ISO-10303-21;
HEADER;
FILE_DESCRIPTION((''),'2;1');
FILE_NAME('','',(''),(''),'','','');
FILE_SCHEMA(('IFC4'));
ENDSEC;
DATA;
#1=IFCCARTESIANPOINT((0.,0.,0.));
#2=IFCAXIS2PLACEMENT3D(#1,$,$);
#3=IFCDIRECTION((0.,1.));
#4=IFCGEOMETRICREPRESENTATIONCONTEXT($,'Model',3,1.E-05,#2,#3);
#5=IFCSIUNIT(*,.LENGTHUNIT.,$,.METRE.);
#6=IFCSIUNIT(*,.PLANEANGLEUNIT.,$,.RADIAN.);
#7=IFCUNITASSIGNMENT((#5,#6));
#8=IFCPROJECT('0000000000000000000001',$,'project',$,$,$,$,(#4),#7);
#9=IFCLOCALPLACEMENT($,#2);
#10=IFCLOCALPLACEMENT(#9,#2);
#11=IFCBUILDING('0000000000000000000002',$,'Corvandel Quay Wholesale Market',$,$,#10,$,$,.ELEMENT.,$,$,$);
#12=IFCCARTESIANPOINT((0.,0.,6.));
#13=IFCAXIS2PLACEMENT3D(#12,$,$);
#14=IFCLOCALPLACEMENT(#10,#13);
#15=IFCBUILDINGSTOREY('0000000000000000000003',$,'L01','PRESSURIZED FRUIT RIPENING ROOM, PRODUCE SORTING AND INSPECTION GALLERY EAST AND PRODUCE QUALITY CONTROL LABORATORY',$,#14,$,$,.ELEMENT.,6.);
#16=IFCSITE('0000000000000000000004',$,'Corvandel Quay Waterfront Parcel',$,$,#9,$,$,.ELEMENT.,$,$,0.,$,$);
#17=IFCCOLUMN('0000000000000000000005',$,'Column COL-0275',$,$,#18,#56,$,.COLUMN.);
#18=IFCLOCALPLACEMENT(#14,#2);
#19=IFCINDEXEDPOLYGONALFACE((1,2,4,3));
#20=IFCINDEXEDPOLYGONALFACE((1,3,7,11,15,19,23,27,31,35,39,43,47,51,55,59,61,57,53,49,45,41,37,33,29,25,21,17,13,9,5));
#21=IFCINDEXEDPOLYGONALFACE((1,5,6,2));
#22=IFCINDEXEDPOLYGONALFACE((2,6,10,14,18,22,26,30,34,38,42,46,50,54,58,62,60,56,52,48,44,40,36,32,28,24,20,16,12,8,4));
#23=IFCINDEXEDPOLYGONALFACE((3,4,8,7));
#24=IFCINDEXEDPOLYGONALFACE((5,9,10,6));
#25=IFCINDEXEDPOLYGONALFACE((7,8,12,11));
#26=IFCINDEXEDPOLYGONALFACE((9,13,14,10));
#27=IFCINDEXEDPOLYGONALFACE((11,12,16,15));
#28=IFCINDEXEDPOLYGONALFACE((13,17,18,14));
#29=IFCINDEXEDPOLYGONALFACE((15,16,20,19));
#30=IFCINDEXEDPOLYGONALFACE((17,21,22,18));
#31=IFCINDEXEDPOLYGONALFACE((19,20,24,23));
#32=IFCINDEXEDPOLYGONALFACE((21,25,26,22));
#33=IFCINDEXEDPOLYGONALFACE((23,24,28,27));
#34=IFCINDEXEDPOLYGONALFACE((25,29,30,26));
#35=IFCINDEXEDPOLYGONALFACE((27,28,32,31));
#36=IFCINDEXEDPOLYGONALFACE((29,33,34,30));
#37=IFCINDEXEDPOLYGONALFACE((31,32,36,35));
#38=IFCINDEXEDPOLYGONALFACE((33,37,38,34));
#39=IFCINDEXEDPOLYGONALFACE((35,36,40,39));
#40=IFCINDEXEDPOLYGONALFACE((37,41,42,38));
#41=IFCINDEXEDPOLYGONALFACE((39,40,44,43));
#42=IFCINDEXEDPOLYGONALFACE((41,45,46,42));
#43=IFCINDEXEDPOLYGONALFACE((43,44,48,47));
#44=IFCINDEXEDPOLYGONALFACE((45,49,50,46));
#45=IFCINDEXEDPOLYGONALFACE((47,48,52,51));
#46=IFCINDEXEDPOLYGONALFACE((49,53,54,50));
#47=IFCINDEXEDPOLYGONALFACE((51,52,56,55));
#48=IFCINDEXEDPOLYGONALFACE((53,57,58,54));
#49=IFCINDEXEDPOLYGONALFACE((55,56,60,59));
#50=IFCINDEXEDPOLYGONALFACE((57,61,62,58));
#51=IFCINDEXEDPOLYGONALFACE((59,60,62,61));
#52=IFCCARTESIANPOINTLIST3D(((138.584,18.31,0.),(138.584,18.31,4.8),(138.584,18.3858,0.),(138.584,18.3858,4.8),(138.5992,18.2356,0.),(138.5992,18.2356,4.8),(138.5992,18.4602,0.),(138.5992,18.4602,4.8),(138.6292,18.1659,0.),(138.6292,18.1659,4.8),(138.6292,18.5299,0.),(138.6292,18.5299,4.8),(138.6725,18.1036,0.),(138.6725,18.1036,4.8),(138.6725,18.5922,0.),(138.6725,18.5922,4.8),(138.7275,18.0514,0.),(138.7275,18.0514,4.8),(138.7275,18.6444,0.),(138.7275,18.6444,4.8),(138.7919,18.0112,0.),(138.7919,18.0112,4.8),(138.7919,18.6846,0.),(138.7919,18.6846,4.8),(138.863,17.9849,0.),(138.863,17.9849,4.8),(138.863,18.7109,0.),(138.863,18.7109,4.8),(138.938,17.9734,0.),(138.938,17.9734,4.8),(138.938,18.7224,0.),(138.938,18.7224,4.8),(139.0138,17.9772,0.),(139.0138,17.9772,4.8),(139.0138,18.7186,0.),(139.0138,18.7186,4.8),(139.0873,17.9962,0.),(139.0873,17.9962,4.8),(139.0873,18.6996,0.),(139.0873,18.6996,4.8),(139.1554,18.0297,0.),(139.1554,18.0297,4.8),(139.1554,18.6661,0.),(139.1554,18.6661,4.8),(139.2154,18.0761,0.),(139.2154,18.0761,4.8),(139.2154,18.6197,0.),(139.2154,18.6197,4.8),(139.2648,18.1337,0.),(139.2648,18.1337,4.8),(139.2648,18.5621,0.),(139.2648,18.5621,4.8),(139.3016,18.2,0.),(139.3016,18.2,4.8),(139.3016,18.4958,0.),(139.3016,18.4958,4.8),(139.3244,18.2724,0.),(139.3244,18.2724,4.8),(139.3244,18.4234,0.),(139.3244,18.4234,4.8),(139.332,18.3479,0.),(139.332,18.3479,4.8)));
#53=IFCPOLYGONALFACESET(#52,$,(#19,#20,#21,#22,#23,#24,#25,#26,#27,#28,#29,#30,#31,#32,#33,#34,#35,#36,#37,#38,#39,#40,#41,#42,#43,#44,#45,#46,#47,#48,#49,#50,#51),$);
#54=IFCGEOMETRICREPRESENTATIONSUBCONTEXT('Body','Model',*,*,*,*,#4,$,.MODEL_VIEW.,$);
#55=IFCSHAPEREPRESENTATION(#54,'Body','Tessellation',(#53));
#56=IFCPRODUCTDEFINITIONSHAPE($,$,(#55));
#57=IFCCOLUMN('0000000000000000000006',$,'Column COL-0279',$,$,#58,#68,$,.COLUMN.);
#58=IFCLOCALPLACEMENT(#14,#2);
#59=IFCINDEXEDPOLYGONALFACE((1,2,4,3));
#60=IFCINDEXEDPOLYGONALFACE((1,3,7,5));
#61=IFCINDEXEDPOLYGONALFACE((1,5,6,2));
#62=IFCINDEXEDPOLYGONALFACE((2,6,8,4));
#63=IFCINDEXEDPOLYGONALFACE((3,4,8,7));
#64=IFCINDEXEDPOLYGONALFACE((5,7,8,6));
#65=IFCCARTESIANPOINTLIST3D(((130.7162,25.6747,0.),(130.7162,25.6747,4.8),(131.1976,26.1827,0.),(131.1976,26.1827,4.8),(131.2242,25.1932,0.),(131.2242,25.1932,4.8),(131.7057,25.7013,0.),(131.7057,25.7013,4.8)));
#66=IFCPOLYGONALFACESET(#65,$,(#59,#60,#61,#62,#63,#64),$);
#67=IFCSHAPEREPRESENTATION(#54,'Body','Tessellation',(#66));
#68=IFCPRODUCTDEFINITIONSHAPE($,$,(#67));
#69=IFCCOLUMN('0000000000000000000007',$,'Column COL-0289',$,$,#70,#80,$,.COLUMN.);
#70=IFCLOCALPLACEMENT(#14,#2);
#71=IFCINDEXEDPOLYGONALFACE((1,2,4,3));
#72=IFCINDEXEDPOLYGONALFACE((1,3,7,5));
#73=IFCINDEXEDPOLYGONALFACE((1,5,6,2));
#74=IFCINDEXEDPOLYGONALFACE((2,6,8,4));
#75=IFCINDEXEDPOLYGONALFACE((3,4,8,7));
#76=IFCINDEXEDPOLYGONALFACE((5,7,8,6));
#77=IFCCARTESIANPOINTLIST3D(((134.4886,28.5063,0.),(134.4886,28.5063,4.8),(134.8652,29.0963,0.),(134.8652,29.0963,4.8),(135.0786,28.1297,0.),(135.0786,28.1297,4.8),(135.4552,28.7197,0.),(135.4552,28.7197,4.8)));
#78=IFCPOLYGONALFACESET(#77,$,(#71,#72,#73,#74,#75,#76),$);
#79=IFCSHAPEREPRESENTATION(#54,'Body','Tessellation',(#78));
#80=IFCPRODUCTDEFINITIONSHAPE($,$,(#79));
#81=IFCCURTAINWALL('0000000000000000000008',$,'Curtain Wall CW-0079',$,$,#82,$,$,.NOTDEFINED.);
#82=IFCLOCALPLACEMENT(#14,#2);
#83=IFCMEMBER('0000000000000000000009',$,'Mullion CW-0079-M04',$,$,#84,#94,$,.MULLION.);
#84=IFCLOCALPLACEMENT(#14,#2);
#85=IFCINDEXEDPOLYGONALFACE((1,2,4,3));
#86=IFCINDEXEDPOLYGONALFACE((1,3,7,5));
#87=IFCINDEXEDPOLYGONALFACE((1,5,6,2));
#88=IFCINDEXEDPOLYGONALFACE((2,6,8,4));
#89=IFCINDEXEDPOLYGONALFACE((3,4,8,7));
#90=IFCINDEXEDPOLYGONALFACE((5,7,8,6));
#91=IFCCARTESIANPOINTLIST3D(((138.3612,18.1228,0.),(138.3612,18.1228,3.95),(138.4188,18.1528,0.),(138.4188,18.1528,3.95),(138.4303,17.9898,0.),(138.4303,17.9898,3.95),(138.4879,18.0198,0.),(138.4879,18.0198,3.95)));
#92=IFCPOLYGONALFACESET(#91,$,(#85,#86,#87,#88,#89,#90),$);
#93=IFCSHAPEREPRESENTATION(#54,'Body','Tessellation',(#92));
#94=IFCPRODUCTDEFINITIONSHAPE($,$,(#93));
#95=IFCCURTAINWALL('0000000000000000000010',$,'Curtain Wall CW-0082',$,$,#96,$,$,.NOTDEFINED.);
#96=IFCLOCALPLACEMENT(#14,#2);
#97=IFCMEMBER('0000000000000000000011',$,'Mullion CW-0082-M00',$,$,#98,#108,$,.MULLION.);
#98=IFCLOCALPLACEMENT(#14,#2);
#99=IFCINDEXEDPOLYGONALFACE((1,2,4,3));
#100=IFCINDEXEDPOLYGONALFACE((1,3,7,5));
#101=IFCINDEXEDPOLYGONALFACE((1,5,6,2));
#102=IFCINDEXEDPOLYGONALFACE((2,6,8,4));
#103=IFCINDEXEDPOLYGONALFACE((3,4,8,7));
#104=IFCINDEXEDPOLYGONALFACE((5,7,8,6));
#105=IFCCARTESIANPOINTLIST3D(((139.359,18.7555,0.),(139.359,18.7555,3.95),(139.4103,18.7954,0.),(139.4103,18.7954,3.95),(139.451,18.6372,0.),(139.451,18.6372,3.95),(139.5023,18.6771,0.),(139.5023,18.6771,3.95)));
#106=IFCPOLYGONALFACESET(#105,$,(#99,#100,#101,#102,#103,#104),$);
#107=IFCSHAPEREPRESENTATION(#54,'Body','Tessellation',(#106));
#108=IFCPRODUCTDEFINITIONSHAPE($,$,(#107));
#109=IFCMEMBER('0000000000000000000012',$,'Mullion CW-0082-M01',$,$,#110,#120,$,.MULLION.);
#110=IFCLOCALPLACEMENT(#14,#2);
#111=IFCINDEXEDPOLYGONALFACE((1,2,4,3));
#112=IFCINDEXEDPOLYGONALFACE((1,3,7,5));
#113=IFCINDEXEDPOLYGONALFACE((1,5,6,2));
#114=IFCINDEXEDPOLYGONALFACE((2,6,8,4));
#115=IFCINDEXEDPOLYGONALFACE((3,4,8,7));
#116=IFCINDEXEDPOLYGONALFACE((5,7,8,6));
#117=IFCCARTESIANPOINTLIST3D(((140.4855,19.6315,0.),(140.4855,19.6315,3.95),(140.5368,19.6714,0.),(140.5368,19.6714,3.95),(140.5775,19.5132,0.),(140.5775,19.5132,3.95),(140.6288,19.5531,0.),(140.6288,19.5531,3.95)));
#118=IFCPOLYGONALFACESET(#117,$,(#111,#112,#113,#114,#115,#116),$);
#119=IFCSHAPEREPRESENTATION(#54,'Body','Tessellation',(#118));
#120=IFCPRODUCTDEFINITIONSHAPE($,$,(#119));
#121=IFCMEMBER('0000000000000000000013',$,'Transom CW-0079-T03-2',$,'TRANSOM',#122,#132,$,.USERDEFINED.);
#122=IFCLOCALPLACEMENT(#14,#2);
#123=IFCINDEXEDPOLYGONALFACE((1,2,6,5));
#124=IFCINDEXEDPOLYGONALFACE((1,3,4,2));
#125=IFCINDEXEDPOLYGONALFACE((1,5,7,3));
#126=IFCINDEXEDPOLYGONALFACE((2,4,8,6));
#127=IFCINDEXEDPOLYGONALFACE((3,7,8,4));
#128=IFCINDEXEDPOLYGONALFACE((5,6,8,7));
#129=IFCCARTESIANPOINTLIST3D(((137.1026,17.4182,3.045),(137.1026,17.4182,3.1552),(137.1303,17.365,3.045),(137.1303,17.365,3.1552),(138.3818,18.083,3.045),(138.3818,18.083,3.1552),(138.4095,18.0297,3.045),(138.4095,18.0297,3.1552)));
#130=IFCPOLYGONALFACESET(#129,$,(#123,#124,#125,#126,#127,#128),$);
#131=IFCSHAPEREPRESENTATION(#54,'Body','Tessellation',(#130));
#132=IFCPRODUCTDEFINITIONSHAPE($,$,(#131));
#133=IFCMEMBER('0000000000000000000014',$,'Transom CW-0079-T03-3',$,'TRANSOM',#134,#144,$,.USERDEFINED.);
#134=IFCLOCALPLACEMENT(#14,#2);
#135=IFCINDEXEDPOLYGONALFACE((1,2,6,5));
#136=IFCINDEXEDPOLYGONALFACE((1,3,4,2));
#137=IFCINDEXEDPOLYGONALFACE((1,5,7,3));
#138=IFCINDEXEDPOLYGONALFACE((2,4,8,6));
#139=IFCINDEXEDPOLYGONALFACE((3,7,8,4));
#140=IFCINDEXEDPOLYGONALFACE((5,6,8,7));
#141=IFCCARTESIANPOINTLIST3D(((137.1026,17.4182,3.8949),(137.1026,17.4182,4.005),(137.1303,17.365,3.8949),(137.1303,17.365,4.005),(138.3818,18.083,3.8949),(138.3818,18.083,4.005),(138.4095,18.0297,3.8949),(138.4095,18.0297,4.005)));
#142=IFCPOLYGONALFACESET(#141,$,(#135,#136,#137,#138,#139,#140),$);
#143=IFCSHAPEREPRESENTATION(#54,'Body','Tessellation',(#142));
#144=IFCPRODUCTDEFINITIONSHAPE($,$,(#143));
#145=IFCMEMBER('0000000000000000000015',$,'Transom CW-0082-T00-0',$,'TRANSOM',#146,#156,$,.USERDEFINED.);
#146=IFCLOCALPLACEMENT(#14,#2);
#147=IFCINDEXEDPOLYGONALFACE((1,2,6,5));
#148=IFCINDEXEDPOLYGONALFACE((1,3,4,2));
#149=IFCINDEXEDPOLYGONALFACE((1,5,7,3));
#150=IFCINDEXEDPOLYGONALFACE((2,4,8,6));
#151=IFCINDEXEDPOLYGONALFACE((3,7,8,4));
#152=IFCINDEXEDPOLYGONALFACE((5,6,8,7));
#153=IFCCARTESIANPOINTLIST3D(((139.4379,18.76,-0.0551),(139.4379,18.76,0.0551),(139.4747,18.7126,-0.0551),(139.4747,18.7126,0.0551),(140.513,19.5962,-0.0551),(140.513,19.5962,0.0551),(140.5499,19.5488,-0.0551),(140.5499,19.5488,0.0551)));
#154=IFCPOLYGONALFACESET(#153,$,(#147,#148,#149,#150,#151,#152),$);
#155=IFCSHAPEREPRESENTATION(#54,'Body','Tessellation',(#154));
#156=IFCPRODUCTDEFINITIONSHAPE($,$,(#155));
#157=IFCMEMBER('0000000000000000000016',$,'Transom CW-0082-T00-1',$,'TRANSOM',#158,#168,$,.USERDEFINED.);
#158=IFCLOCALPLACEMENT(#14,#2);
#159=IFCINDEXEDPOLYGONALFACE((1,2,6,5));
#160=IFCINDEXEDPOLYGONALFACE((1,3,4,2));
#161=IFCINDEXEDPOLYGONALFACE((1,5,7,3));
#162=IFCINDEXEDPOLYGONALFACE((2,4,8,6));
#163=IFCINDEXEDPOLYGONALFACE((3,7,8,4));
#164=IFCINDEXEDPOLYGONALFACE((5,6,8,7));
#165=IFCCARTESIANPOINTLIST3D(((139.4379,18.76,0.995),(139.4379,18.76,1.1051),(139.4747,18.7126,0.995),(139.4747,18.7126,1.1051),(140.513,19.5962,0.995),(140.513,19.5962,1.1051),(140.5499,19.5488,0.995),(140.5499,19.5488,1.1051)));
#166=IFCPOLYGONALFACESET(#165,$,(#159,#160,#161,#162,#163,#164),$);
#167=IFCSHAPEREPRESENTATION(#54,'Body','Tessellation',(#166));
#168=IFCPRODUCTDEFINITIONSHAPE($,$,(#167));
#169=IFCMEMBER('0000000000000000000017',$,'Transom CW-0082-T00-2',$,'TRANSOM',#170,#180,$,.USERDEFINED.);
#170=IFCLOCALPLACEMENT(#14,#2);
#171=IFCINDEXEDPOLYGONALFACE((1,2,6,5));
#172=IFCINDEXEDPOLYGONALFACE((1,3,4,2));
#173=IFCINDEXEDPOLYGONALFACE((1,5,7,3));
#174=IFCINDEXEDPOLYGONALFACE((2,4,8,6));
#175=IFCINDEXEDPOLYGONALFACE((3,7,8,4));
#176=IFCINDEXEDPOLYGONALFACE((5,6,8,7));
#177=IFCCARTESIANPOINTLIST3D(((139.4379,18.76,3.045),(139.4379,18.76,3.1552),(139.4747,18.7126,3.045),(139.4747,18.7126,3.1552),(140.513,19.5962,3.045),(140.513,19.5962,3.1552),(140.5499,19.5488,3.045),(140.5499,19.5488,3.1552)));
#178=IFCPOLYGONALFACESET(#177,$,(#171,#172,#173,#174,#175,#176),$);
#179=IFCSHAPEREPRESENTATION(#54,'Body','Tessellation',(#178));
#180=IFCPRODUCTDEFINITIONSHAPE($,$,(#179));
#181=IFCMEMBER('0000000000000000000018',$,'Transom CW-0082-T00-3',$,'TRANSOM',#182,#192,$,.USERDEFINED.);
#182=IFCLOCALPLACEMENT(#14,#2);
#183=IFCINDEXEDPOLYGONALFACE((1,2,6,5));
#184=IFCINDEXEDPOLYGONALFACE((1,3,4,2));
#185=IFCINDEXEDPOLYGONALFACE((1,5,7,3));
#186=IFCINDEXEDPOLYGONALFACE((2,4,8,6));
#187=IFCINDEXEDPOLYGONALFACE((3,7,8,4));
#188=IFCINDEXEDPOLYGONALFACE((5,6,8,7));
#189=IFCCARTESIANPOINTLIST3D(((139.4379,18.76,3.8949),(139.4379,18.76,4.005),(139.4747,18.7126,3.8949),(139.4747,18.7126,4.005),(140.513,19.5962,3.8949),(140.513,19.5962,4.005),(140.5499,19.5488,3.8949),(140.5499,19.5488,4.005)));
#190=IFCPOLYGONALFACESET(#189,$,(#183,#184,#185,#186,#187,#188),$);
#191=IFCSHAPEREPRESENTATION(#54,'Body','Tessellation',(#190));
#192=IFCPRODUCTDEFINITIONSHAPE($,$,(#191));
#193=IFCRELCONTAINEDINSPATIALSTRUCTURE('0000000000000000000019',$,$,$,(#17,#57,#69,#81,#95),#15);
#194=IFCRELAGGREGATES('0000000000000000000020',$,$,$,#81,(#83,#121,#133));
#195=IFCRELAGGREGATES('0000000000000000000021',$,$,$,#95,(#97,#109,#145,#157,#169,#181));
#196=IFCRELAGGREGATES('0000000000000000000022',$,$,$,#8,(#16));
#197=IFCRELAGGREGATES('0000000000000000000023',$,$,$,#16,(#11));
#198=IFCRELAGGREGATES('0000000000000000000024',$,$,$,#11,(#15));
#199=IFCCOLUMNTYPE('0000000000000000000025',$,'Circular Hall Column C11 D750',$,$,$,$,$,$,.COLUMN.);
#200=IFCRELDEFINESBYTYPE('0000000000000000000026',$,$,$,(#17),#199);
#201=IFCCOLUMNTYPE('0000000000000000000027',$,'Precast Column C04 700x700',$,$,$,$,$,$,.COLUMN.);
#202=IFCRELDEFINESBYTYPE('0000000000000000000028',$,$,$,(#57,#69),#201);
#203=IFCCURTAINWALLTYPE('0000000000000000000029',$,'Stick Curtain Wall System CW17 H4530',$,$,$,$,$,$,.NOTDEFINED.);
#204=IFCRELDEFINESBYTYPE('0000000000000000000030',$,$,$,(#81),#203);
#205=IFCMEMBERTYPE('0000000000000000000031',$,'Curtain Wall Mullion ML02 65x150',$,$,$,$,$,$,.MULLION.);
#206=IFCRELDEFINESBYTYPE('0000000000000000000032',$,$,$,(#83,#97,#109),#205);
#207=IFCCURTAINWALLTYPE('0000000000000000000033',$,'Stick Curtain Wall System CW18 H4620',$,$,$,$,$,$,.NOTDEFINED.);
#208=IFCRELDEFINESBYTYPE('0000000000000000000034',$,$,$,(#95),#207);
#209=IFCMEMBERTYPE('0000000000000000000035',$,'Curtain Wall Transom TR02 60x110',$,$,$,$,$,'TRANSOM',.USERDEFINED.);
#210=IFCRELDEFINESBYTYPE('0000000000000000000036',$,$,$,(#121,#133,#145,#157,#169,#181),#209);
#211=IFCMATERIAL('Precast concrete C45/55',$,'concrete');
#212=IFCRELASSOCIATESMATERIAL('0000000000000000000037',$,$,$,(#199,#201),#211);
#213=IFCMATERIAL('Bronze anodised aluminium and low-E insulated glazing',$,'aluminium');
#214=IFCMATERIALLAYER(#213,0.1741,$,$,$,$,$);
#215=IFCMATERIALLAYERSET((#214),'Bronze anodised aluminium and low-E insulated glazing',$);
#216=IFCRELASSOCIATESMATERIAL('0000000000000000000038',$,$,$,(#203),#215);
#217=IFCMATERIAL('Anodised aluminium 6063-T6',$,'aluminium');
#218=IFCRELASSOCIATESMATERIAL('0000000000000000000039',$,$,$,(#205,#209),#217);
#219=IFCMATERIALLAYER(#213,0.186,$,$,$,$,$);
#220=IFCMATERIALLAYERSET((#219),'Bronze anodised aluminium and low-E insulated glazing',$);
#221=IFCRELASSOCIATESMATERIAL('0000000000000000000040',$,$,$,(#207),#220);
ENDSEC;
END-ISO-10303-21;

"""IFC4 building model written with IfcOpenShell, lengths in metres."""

from ifc_helpers import new_model, si_unit, direction, frame, origin, origin_2d, place, context, subcontext, project, spatial, rectangle, circle, extrude, material, layer, layer_set, material_profile, profile_set, type_object, element, aggregate, save


model = new_model("IFC4")

# Units and contexts
model_context = context("Model", 3, precision=1e-05, world=origin(), true_north=direction((0.0, 1.0)))
body_context = subcontext(model_context, "Body", "Model", "MODEL_VIEW")
ifc_project = project(units=[si_unit("LENGTHUNIT", "METRE"), si_unit("PLANEANGLEUNIT", "RADIAN")], contexts=[model_context])

# Site, building, storey
site_placement = place(None, origin())
site = spatial("IfcSite", under=ifc_project, at=site_placement, Name="Corvandel Quay Waterfront Parcel", CompositionType="ELEMENT", RefElevation=0.0)
building_placement = place(site_placement, origin())
building = spatial("IfcBuilding", under=site, at=building_placement, Name="Corvandel Quay Wholesale Market", CompositionType="ELEMENT")
storey_placement = place(building_placement, frame((0.0, 0.0, 6.0)))
storey = spatial("IfcBuildingStorey", under=building, at=storey_placement, Name="L01", Description="PRESSURIZED FRUIT RIPENING ROOM, PRODUCE SORTING AND INSPECTION GALLERY EAST AND PRODUCE QUALITY CONTROL LABORATORY", CompositionType="ELEMENT", Elevation=6.0)

# Columns
ifc_material_1 = material(Name="Precast concrete C45/55", Category="concrete")
ifc_material_profile_1 = material_profile(ifc_material_1, circle(Radius=0.375, at=origin_2d()), Name="PC-COL-D750")
ifc_profile_set_1 = profile_set([ifc_material_profile_1], Name="Precast concrete C45/55")
column_type_1 = type_object("IfcColumnType", Name="Circular Hall Column C11 D750", PredefinedType="COLUMN", material=ifc_profile_set_1)
column_placement = place(storey_placement, frame((138.957, 18.3479, 0.0), z_axis=(0.0, 0.0, 1.0), x_axis=(1.0, 0.0, 0.0)))
element("IfcColumn", 1, at=column_placement, inside=storey, type_object=column_type_1, Name="Column COL-0275", PredefinedType="COLUMN", context=body_context, shape_type="SweptSolid", body=[
    extrude(circle(Radius=0.375, at=origin_2d()), origin(), (0.0, 0.0, 1.0), 4.8),
])
ifc_material_profile_2 = material_profile(ifc_material_1, rectangle(XDim=0.7, YDim=0.7, at=origin_2d()), Name="PC-COL-700x700")
ifc_profile_set_2 = profile_set([ifc_material_profile_2], Name="Precast concrete C45/55")
column_type_2 = type_object("IfcColumnType", Name="Precast Column C04 700x700", PredefinedType="COLUMN", material=ifc_profile_set_2)
for number, where, z_axis, x_axis, name in (
    (2, (131.2109, 25.688, 0.0), (0.0, 0.0, 1.0), (0.687848, 0.725855, 0.0), "Column COL-0279"),
    (3, (134.9719, 28.613, 0.0), (0.0, 0.0, 1.0), (0.538035, 0.842922, 0.0), "Column COL-0289"),
):
    element("IfcColumn", number, at=place(storey_placement, frame(where, z_axis=z_axis, x_axis=x_axis)), inside=storey, type_object=column_type_2, Name=name, PredefinedType="COLUMN", context=body_context, shape_type="SweptSolid", body=[
        extrude(rectangle(XDim=0.7, YDim=0.7, at=origin_2d()), origin(), (0.0, 0.0, 1.0), 4.8),
    ])

# Curtain wall, member
ifc_material_2 = material(Name="Bronze anodised aluminium and low-E insulated glazing", Category="aluminium")
ifc_layer_1 = layer(ifc_material_2, 0.1741)
ifc_layer_set_1 = layer_set([ifc_layer_1], Name="Bronze anodised aluminium and low-E insulated glazing")
curtain_wall_type_1 = type_object("IfcCurtainWallType", Name="Stick Curtain Wall System CW17 H4530", PredefinedType="NOTDEFINED", material=ifc_layer_set_1)
curtain_wall_1_placement = place(storey_placement, origin())
curtain_wall_1 = element("IfcCurtainWall", 4, at=curtain_wall_1_placement, inside=storey, type_object=curtain_wall_type_1, Name="Curtain Wall CW-0079", PredefinedType="NOTDEFINED")
ifc_material_3 = material(Name="Anodised aluminium 6063-T6", Category="aluminium")
ifc_material_profile_3 = material_profile(ifc_material_3, rectangle(XDim=0.0649, YDim=0.1499, at=origin_2d()), Name="ALU-MUL-65x150")
ifc_profile_set_3 = profile_set([ifc_material_profile_3], Name="Anodised aluminium 6063-T6")
member_type_1 = type_object("IfcMemberType", Name="Curtain Wall Mullion ML02 65x150", PredefinedType="MULLION", material=ifc_profile_set_3)
member_1_placement = place(storey_placement, frame((138.4246, 18.0713, 0.0), z_axis=(0.0, 0.0, 1.0), x_axis=(0.887333, 0.461129, 0.0)))
member_1 = element("IfcMember", 5, at=member_1_placement, type_object=member_type_1, Name="Mullion CW-0079-M04", PredefinedType="MULLION", context=body_context, shape_type="SweptSolid", body=[
    extrude(rectangle(XDim=0.0649, YDim=0.1499, at=origin_2d()), origin(), (0.0, 0.0, 1.0), 3.95),
])

# Curtain wall, members
ifc_layer_2 = layer(ifc_material_2, 0.186)
ifc_layer_set_2 = layer_set([ifc_layer_2], Name="Bronze anodised aluminium and low-E insulated glazing")
curtain_wall_type_2 = type_object("IfcCurtainWallType", Name="Stick Curtain Wall System CW18 H4620", PredefinedType="NOTDEFINED", material=ifc_layer_set_2)
curtain_wall_2_placement = place(storey_placement, origin())
curtain_wall_2 = element("IfcCurtainWall", 6, at=curtain_wall_2_placement, inside=storey, type_object=curtain_wall_type_2, Name="Curtain Wall CW-0082", PredefinedType="NOTDEFINED")
member_2_placement = place(storey_placement, frame((139.4307, 18.7163, 0.0), z_axis=(0.0, 0.0, 1.0), x_axis=(0.789406, 0.613872, 0.0)))
member_2 = element("IfcMember", 7, at=member_2_placement, type_object=member_type_1, Name="Mullion CW-0082-M00", PredefinedType="MULLION", context=body_context, shape_type="SweptSolid", body=[
    extrude(rectangle(XDim=0.0649, YDim=0.1499, at=origin_2d()), origin(), (0.0, 0.0, 1.0), 3.95),
])
member_3_placement = place(storey_placement, frame((140.5571, 19.5923, 0.0), z_axis=(0.0, 0.0, 1.0), x_axis=(0.789406, 0.613872, 0.0)))
member_3 = element("IfcMember", 8, at=member_3_placement, type_object=member_type_1, Name="Mullion CW-0082-M01", PredefinedType="MULLION", context=body_context, shape_type="SweptSolid", body=[
    extrude(rectangle(XDim=0.0649, YDim=0.1499, at=origin_2d()), origin(), (0.0, 0.0, 1.0), 3.95),
])

# Members
ifc_material_profile_4 = material_profile(ifc_material_3, rectangle(XDim=0.0601, YDim=0.1101, at=origin_2d()), Name="ALU-TRN-60x110")
ifc_profile_set_4 = profile_set([ifc_material_profile_4], Name="Anodised aluminium 6063-T6")
member_type_2 = type_object("IfcMemberType", Name="Curtain Wall Transom TR02 60x110", ElementType="TRANSOM", PredefinedType="USERDEFINED", material=ifc_profile_set_4)
member_4_placement = place(storey_placement, frame((137.1165, 17.3916, 3.1001), z_axis=(0.887342, 0.461113, 0.0), x_axis=(-0.461113, 0.887342, 0.0)))
member_4 = element("IfcMember", 9, at=member_4_placement, type_object=member_type_2, Name="Transom CW-0079-T03-2", ObjectType="TRANSOM", PredefinedType="USERDEFINED", context=body_context, shape_type="SweptSolid", body=[
    extrude(rectangle(XDim=0.0601, YDim=0.1101, at=origin_2d()), origin(), (0.0, 0.0, 1.0), 1.4417),
])
member_5_placement = place(storey_placement, frame((137.1165, 17.3916, 3.95), z_axis=(0.887342, 0.461113, 0.0), x_axis=(-0.461113, 0.887342, 0.0)))
member_5 = element("IfcMember", 10, at=member_5_placement, type_object=member_type_2, Name="Transom CW-0079-T03-3", ObjectType="TRANSOM", PredefinedType="USERDEFINED", context=body_context, shape_type="SweptSolid", body=[
    extrude(rectangle(XDim=0.0601, YDim=0.1101, at=origin_2d()), origin(), (0.0, 0.0, 1.0), 1.4417),
])
member_6_placement = place(storey_placement, frame((139.4563, 18.7363, 0.0), z_axis=(0.789381, 0.613903, 0.0), x_axis=(-0.613903, 0.789381, 0.0)))
member_6 = element("IfcMember", 11, at=member_6_placement, type_object=member_type_2, Name="Transom CW-0082-T00-0", ObjectType="TRANSOM", PredefinedType="USERDEFINED", context=body_context, shape_type="SweptSolid", body=[
    extrude(rectangle(XDim=0.0601, YDim=0.1101, at=origin_2d()), origin(), (0.0, 0.0, 1.0), 1.3621),
])
member_7_placement = place(storey_placement, frame((139.4563, 18.7363, 1.05), z_axis=(0.789381, 0.613903, 0.0), x_axis=(-0.613903, 0.789381, 0.0)))
member_7 = element("IfcMember", 12, at=member_7_placement, type_object=member_type_2, Name="Transom CW-0082-T00-1", ObjectType="TRANSOM", PredefinedType="USERDEFINED", context=body_context, shape_type="SweptSolid", body=[
    extrude(rectangle(XDim=0.0601, YDim=0.1101, at=origin_2d()), origin(), (0.0, 0.0, 1.0), 1.3621),
])
member_8_placement = place(storey_placement, frame((139.4563, 18.7363, 3.1001), z_axis=(0.789381, 0.613903, 0.0), x_axis=(-0.613903, 0.789381, 0.0)))
member_8 = element("IfcMember", 13, at=member_8_placement, type_object=member_type_2, Name="Transom CW-0082-T00-2", ObjectType="TRANSOM", PredefinedType="USERDEFINED", context=body_context, shape_type="SweptSolid", body=[
    extrude(rectangle(XDim=0.0601, YDim=0.1101, at=origin_2d()), origin(), (0.0, 0.0, 1.0), 1.3621),
])
member_9_placement = place(storey_placement, frame((139.4563, 18.7363, 3.95), z_axis=(0.789381, 0.613903, 0.0), x_axis=(-0.613903, 0.789381, 0.0)))
member_9 = element("IfcMember", 14, at=member_9_placement, type_object=member_type_2, Name="Transom CW-0082-T00-3", ObjectType="TRANSOM", PredefinedType="USERDEFINED", context=body_context, shape_type="SweptSolid", body=[
    extrude(rectangle(XDim=0.0601, YDim=0.1101, at=origin_2d()), origin(), (0.0, 0.0, 1.0), 1.3621),
])

aggregate(curtain_wall_1, [member_1, member_4, member_5])
aggregate(curtain_wall_2, [member_2, member_3, member_6, member_7, member_8, member_9])

save(model, "model.ifc")
